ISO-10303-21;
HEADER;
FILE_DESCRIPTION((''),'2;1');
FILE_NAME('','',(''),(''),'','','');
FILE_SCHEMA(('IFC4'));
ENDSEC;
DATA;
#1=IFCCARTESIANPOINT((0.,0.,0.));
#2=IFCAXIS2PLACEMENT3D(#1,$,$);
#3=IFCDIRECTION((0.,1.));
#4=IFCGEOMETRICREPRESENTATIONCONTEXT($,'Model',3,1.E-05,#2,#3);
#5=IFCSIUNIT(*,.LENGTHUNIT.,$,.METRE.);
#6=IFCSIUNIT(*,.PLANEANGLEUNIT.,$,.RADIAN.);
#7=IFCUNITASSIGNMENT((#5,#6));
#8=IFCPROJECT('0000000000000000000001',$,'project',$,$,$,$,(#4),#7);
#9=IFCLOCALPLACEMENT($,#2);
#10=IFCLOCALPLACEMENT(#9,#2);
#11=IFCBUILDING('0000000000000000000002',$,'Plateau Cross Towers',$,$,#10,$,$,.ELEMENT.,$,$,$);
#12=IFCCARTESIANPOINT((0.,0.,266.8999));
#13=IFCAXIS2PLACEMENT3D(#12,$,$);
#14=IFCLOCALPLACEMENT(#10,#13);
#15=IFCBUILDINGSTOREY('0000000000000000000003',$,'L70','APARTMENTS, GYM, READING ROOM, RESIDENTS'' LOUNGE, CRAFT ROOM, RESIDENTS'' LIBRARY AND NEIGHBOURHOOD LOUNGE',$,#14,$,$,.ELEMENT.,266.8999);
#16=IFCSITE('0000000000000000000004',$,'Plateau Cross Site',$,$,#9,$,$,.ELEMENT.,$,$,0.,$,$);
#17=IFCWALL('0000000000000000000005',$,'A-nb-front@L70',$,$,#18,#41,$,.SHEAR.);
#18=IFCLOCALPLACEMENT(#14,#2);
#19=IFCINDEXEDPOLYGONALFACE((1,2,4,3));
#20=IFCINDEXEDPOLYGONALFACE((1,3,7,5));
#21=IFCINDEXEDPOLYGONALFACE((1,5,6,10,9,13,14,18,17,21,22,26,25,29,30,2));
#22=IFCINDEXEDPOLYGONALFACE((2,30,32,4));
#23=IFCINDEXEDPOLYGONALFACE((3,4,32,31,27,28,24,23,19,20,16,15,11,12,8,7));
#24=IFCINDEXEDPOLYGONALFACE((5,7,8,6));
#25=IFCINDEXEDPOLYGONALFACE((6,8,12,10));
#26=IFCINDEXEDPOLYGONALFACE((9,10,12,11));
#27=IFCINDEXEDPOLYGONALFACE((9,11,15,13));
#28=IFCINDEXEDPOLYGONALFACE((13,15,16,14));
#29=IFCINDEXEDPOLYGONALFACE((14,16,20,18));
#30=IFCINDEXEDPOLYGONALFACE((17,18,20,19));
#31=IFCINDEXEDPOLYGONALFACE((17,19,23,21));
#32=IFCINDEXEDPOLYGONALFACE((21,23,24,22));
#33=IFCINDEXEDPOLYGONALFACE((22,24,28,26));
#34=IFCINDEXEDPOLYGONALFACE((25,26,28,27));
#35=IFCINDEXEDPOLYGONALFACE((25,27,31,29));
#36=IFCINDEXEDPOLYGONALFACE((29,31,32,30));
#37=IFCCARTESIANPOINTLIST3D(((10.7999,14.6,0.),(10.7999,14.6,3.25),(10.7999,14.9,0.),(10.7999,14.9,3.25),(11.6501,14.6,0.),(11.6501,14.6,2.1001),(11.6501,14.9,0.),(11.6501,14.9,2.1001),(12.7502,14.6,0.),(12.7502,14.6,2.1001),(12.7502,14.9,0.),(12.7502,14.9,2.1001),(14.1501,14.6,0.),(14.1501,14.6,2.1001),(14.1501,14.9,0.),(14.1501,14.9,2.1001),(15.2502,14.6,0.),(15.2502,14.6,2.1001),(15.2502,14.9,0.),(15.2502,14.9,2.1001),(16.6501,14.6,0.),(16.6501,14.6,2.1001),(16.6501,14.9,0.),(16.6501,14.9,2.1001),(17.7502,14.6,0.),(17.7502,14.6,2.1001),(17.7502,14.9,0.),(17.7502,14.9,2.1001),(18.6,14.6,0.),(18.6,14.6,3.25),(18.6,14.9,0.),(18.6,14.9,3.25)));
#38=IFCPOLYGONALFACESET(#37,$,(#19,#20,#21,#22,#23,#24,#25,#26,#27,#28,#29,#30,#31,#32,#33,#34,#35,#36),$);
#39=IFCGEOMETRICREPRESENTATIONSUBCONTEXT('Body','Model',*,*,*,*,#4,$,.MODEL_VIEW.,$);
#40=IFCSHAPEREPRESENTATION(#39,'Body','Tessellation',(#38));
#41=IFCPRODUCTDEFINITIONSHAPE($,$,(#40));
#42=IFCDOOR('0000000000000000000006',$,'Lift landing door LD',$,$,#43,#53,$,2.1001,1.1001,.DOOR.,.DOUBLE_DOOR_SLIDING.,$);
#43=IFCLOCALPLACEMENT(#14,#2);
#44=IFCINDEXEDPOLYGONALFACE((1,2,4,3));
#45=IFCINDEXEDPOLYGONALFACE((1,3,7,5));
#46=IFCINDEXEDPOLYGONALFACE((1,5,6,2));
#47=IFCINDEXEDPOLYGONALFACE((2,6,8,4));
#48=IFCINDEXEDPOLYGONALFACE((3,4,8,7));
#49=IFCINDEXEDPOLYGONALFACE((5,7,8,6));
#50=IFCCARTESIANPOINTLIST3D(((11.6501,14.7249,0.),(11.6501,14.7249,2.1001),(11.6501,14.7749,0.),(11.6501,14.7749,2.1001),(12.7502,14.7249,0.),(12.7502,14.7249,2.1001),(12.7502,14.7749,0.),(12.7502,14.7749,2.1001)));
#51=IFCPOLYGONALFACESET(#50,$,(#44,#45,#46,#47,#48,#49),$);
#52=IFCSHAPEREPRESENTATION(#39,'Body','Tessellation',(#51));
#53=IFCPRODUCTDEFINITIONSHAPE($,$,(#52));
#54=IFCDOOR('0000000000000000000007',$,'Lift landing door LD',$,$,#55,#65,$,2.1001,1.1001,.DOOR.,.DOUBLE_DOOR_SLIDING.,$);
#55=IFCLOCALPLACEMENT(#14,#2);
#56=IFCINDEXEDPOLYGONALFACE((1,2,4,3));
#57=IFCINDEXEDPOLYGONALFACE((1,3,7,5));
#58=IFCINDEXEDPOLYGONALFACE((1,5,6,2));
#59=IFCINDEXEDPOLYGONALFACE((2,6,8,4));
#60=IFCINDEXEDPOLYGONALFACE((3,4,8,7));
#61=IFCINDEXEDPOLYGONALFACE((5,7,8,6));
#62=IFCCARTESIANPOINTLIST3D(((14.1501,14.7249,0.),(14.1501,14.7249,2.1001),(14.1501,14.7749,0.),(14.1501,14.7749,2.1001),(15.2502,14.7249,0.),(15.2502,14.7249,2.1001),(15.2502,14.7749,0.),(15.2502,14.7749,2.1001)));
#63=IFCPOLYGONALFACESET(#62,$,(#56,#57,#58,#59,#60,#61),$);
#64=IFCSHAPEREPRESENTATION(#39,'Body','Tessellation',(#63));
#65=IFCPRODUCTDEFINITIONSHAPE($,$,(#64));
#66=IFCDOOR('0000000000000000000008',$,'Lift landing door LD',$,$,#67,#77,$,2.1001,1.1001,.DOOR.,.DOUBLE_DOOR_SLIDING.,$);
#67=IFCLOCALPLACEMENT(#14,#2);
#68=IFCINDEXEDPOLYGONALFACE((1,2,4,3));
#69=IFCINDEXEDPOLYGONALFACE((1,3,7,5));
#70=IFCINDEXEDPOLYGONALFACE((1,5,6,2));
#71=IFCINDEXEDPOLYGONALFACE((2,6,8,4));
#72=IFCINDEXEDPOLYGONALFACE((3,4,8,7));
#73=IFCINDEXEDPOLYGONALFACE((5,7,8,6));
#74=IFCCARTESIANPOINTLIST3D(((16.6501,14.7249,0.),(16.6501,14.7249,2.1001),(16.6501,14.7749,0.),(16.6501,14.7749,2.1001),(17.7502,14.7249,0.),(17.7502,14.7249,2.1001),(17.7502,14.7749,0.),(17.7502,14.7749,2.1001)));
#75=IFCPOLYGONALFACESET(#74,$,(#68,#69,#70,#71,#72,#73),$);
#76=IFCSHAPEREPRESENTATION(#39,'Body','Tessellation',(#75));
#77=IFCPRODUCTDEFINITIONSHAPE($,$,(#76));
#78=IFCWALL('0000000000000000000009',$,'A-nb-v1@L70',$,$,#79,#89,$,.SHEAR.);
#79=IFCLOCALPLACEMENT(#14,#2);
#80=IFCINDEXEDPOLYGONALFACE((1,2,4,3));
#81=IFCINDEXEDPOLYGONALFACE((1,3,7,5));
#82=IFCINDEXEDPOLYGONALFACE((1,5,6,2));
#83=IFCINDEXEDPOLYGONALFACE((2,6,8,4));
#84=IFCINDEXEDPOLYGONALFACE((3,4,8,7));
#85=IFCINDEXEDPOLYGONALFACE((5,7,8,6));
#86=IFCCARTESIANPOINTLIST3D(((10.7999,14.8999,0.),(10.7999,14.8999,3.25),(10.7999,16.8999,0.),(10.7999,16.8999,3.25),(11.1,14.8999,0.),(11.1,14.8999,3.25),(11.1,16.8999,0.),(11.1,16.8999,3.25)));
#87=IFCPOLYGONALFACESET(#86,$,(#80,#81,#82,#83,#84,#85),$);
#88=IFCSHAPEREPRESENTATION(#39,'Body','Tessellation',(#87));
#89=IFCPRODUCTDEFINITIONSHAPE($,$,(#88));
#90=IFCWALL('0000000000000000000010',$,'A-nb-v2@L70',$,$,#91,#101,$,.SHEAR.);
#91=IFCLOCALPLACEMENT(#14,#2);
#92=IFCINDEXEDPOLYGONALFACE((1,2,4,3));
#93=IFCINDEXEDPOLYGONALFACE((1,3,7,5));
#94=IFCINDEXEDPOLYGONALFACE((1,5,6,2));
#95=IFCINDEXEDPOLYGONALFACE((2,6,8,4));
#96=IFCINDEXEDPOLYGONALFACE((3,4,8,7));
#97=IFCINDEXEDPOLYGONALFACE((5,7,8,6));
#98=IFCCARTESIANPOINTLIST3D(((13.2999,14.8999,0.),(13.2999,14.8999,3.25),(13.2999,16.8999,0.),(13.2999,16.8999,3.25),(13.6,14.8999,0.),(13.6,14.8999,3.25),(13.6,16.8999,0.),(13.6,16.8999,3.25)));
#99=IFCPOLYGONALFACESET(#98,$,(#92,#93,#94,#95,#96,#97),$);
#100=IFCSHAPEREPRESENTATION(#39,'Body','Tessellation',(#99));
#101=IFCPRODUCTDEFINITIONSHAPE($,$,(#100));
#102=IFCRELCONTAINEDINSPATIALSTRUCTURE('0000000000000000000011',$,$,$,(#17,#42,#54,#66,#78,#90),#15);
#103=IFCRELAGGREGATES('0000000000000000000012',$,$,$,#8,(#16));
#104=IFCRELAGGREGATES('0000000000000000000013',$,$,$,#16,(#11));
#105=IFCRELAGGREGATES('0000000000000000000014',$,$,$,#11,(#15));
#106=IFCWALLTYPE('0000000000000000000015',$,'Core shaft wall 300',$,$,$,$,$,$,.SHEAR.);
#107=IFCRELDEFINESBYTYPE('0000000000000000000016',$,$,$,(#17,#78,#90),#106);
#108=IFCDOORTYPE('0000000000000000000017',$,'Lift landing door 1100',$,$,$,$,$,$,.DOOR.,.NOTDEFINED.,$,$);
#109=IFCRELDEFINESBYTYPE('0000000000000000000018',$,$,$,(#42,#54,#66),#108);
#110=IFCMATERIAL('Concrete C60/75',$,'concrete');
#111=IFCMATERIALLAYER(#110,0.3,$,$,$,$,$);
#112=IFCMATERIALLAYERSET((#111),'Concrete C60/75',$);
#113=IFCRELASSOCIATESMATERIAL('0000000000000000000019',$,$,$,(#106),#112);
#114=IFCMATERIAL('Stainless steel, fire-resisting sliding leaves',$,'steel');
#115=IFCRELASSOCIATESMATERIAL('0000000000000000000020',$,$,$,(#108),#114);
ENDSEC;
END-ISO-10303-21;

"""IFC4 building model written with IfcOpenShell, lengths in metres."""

from ifc_helpers import new_model, si_unit, direction, frame, frame_2d, origin, place, context, subcontext, project, spatial, rectangle, extrude, material, layer, layer_set, type_object, element, fill, save


model = new_model("IFC4")

# Units and contexts
model_context = context("Model", 3, precision=1e-05, world=origin(), true_north=direction((0.0, 1.0)))
body_context = subcontext(model_context, "Body", "Model", "MODEL_VIEW")
ifc_project = project(units=[si_unit("LENGTHUNIT", "METRE"), si_unit("PLANEANGLEUNIT", "RADIAN")], contexts=[model_context])

# Site, building, storey
site_placement = place(None, origin())
site = spatial("IfcSite", under=ifc_project, at=site_placement, Name="Plateau Cross Site", CompositionType="ELEMENT", RefElevation=0.0)
building_placement = place(site_placement, origin())
building = spatial("IfcBuilding", under=site, at=building_placement, Name="Plateau Cross Towers", CompositionType="ELEMENT")
storey_placement = place(building_placement, frame((0.0, 0.0, 266.8999)))
storey = spatial("IfcBuildingStorey", under=building, at=storey_placement, Name="L70", Description="APARTMENTS, GYM, READING ROOM, RESIDENTS' LOUNGE, CRAFT ROOM, RESIDENTS' LIBRARY AND NEIGHBOURHOOD LOUNGE", CompositionType="ELEMENT", Elevation=266.8999)

# Shared definitions
ifc_material_1 = material(Name="Concrete C60/75", Category="concrete")
ifc_layer_1 = layer(ifc_material_1, 0.3)
ifc_layer_set_1 = layer_set([ifc_layer_1], Name="Concrete C60/75")
wall_type_1 = type_object("IfcWallType", Name="Core shaft wall 300", PredefinedType="SHEAR", material=ifc_layer_set_1)

# Wall, openings, doors
wall_1_placement = place(storey_placement, frame((10.8, 14.75, 0.0), z_axis=(0.0, 0.0, 1.0), x_axis=(1.0, 0.0, 0.0)))
wall_1 = element("IfcWall", 1, at=wall_1_placement, inside=storey, type_object=wall_type_1, Name="A-nb-front@L70", PredefinedType="SHEAR", context=body_context, shape_type="SweptSolid", body=[
    extrude(rectangle(XDim=7.8, YDim=0.3, at=frame_2d((3.8999, 0.0))), origin(), (0.0, 0.0, 1.0), 3.25),
])
opening_1_placement = place(wall_1_placement, frame((0.8501, 0.0, 0.0)))
opening_1 = element("IfcOpeningElement", 2, at=opening_1_placement, cuts=wall_1, PredefinedType="OPENING", context=body_context, shape_type="SweptSolid", body=[
    extrude(rectangle(XDim=1.1001, YDim=2.1001, at=frame_2d((0.55, 1.05))), frame((0.0, 0.1599, 0.0), z_axis=(0.0, -1.0, 0.0), x_axis=(1.0, 0.0, 0.0)), (0.0, 0.0, 1.0), 0.3201),
])
opening_2_placement = place(wall_1_placement, frame((3.3501, 0.0, 0.0)))
opening_2 = element("IfcOpeningElement", 3, at=opening_2_placement, cuts=wall_1, PredefinedType="OPENING", context=body_context, shape_type="SweptSolid", body=[
    extrude(rectangle(XDim=1.1001, YDim=2.1001, at=frame_2d((0.55, 1.05))), frame((0.0, 0.1599, 0.0), z_axis=(0.0, -1.0, 0.0), x_axis=(1.0, 0.0, 0.0)), (0.0, 0.0, 1.0), 0.3201),
])
opening_3_placement = place(wall_1_placement, frame((5.8501, 0.0, 0.0)))
opening_3 = element("IfcOpeningElement", 4, at=opening_3_placement, cuts=wall_1, PredefinedType="OPENING", context=body_context, shape_type="SweptSolid", body=[
    extrude(rectangle(XDim=1.1001, YDim=2.1001, at=frame_2d((0.55, 1.05))), frame((0.0, 0.1599, 0.0), z_axis=(0.0, -1.0, 0.0), x_axis=(1.0, 0.0, 0.0)), (0.0, 0.0, 1.0), 0.3201),
])
ifc_material_2 = material(Name="Stainless steel, fire-resisting sliding leaves", Category="steel")
door_type_1 = type_object("IfcDoorType", Name="Lift landing door 1100", OperationType="NOTDEFINED", PredefinedType="DOOR", material=ifc_material_2)
door_1_placement = place(opening_1_placement, origin())
door_1 = element("IfcDoor", 5, at=door_1_placement, inside=storey, type_object=door_type_1, Name="Lift landing door LD", OperationType="DOUBLE_DOOR_SLIDING", OverallHeight=2.1001, OverallWidth=1.1001, PredefinedType="DOOR", context=body_context, shape_type="SweptSolid", body=[
    extrude(rectangle(XDim=1.1001, YDim=2.1001, at=frame_2d((0.55, 1.05))), frame((0.0, 0.0249, 0.0), z_axis=(0.0, -1.0, 0.0), x_axis=(1.0, 0.0, 0.0)), (0.0, 0.0, 1.0), 0.05),
])
fill(opening_1, door_1)
door_2_placement = place(opening_2_placement, origin())
door_2 = element("IfcDoor", 6, at=door_2_placement, inside=storey, type_object=door_type_1, Name="Lift landing door LD", OperationType="DOUBLE_DOOR_SLIDING", OverallHeight=2.1001, OverallWidth=1.1001, PredefinedType="DOOR", context=body_context, shape_type="SweptSolid", body=[
    extrude(rectangle(XDim=1.1001, YDim=2.1001, at=frame_2d((0.55, 1.05))), frame((0.0, 0.0249, 0.0), z_axis=(0.0, -1.0, 0.0), x_axis=(1.0, 0.0, 0.0)), (0.0, 0.0, 1.0), 0.05),
])
fill(opening_2, door_2)
door_3_placement = place(opening_3_placement, origin())
door_3 = element("IfcDoor", 7, at=door_3_placement, inside=storey, type_object=door_type_1, Name="Lift landing door LD", OperationType="DOUBLE_DOOR_SLIDING", OverallHeight=2.1001, OverallWidth=1.1001, PredefinedType="DOOR", context=body_context, shape_type="SweptSolid", body=[
    extrude(rectangle(XDim=1.1001, YDim=2.1001, at=frame_2d((0.55, 1.05))), frame((0.0, 0.0249, 0.0), z_axis=(0.0, -1.0, 0.0), x_axis=(1.0, 0.0, 0.0)), (0.0, 0.0, 1.0), 0.05),
])
fill(opening_3, door_3)

# Walls
for number, where, z_axis, x_axis, name in (
    (8, (10.95, 14.8999, 0.0), (0.0, 0.0, 1.0), (0.0, 1.0, 0.0), "A-nb-v1@L70"),
    (9, (13.45, 14.8999, 0.0), (0.0, 0.0, 1.0), (0.0, 1.0, 0.0), "A-nb-v2@L70"),
):
    element("IfcWall", number, at=place(storey_placement, frame(where, z_axis=z_axis, x_axis=x_axis)), inside=storey, type_object=wall_type_1, Name=name, PredefinedType="SHEAR", context=body_context, shape_type="SweptSolid", body=[
        extrude(rectangle(XDim=2.0, YDim=0.3, at=frame_2d((1.0, 0.0))), origin(), (0.0, 0.0, 1.0), 3.25),
    ])

save(model, "model.ifc")
